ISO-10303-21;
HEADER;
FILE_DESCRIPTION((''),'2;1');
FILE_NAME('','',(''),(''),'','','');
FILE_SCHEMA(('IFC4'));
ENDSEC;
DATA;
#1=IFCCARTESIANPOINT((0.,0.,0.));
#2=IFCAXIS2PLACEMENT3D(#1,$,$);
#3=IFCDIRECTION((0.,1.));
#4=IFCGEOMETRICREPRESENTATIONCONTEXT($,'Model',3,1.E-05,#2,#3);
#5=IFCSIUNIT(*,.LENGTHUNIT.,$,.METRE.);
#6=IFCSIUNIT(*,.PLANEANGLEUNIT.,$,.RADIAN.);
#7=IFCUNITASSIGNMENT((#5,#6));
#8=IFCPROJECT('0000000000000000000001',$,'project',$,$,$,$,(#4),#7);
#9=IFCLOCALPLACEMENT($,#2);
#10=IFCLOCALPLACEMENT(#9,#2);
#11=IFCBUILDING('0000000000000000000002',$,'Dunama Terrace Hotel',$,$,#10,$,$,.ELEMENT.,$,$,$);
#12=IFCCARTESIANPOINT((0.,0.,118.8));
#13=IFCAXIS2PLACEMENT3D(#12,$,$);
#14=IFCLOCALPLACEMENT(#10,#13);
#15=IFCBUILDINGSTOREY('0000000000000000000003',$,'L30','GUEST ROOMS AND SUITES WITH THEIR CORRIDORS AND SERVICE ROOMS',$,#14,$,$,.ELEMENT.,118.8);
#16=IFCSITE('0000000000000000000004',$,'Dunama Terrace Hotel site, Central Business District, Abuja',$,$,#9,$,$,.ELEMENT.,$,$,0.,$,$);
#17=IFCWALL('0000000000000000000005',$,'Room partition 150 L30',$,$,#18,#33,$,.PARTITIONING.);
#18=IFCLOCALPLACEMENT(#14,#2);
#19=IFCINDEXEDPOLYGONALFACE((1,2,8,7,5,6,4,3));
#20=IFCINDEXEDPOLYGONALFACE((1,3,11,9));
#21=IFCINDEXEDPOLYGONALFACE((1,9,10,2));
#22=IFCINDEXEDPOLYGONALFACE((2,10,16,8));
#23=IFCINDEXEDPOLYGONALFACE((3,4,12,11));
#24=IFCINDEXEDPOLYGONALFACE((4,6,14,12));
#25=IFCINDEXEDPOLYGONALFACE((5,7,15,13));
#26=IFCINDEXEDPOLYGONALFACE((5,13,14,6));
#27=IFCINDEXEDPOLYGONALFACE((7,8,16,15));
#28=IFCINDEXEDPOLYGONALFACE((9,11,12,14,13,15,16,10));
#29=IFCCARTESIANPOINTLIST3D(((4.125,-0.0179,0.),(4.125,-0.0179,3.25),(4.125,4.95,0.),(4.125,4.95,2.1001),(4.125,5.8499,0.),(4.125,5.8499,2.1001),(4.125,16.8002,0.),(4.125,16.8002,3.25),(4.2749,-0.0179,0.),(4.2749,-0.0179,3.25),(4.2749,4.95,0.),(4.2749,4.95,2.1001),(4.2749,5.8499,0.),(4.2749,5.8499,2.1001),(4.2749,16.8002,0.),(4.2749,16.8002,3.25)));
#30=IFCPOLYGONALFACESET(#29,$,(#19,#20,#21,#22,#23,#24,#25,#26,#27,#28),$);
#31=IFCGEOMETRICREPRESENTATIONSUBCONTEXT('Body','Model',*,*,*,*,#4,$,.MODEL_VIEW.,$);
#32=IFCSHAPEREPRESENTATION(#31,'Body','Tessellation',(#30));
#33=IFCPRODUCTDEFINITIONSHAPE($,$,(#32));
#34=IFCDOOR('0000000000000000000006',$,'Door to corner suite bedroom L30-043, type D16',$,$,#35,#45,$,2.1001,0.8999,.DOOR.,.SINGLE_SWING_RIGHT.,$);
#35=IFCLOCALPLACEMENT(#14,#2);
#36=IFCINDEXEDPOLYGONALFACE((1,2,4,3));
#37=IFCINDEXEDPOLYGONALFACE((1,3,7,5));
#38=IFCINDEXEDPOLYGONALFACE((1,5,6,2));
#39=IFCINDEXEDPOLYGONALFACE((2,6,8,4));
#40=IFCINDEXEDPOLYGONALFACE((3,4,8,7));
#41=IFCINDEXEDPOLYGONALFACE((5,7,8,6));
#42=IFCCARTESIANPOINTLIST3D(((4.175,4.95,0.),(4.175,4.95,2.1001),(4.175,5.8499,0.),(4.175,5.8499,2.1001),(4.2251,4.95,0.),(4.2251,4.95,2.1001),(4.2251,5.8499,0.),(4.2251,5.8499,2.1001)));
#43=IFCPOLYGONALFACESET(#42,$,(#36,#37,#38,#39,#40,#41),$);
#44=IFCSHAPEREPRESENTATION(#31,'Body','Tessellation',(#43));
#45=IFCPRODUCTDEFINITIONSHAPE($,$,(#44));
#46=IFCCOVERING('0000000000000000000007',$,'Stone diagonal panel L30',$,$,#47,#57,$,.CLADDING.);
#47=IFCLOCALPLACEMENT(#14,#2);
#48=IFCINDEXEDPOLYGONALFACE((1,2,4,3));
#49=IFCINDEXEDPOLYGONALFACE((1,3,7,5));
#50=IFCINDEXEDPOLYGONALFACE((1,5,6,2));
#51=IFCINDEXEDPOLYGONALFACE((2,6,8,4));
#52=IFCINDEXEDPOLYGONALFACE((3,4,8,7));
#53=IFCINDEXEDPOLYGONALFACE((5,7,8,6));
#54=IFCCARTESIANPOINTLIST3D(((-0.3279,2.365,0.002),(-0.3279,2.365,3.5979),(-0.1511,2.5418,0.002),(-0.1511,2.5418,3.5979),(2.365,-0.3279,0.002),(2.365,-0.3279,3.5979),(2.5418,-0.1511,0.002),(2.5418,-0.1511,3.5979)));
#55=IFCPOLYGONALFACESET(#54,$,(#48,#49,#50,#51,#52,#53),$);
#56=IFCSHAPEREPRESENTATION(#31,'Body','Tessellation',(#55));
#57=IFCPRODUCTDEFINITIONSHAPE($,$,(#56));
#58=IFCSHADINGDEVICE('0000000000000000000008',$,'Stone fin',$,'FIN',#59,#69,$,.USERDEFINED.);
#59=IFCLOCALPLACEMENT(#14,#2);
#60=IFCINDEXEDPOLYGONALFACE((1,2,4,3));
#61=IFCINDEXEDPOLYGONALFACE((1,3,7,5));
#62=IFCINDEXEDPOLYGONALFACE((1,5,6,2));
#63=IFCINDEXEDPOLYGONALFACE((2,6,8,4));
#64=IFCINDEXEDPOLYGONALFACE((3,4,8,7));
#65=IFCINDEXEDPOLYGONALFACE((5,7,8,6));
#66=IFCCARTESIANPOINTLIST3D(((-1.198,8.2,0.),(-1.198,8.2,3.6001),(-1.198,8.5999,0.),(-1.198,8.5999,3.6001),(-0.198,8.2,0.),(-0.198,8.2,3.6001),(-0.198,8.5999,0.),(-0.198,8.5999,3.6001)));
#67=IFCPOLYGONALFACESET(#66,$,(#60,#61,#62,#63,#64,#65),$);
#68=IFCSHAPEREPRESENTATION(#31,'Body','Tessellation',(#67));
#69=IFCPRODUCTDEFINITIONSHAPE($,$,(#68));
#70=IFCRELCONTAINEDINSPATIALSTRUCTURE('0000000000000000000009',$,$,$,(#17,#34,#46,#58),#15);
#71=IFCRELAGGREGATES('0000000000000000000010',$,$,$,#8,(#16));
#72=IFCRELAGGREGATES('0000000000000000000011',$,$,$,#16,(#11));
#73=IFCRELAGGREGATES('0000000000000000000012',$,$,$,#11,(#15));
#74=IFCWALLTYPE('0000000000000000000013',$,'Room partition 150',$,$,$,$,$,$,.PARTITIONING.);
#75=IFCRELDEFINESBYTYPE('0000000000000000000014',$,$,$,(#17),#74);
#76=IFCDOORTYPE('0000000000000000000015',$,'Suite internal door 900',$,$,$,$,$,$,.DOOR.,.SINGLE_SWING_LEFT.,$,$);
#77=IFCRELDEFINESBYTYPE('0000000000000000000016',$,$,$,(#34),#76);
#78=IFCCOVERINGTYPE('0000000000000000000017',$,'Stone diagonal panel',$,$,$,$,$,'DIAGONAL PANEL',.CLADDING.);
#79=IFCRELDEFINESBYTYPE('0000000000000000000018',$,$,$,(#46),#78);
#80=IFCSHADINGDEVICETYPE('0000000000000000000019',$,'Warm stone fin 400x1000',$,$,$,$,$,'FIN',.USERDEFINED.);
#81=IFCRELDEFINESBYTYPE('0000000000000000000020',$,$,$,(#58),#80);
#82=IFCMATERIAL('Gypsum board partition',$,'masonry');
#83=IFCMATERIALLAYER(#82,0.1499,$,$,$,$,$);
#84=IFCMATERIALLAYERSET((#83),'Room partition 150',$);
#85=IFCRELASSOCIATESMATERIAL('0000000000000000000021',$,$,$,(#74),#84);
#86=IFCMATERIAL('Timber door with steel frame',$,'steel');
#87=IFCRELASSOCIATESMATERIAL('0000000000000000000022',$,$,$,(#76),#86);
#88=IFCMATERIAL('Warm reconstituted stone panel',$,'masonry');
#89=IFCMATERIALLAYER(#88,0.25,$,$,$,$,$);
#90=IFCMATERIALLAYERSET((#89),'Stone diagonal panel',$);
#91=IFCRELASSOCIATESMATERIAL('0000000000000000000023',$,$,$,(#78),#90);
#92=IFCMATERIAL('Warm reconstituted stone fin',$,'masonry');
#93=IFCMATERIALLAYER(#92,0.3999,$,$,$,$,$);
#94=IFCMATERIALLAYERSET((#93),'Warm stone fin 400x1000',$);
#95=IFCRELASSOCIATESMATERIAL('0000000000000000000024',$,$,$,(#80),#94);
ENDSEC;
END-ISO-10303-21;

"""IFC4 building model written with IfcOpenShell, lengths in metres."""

from ifc_helpers import new_model, si_unit, direction, frame, frame_2d, origin, origin_2d, place, context, subcontext, project, spatial, rectangle, extrude, material, layer, layer_set, type_object, element, fill, save


model = new_model("IFC4")

# Units and contexts
model_context = context("Model", 3, precision=1e-05, world=origin(), true_north=direction((0.0, 1.0)))
body_context = subcontext(model_context, "Body", "Model", "MODEL_VIEW")
ifc_project = project(units=[si_unit("LENGTHUNIT", "METRE"), si_unit("PLANEANGLEUNIT", "RADIAN")], contexts=[model_context])

# Site, building, storey
site_placement = place(None, origin())
site = spatial("IfcSite", under=ifc_project, at=site_placement, Name="Dunama Terrace Hotel site, Central Business District, Abuja", CompositionType="ELEMENT", RefElevation=0.0)
building_placement = place(site_placement, origin())
building = spatial("IfcBuilding", under=site, at=building_placement, Name="Dunama Terrace Hotel", CompositionType="ELEMENT")
storey_placement = place(building_placement, frame((0.0, 0.0, 118.8)))
storey = spatial("IfcBuildingStorey", under=building, at=storey_placement, Name="L30", Description="GUEST ROOMS AND SUITES WITH THEIR CORRIDORS AND SERVICE ROOMS", CompositionType="ELEMENT", Elevation=118.8)

# Shared definitions
ifc_material_1 = material(Name="Gypsum board partition", Category="masonry")
ifc_layer_1 = layer(ifc_material_1, 0.1499)
ifc_layer_set_1 = layer_set([ifc_layer_1], Name="Room partition 150")
wall_type = type_object("IfcWallType", Name="Room partition 150", PredefinedType="PARTITIONING", material=ifc_layer_set_1)

# Wall, opening, door
wall_1_placement = place(storey_placement, frame((4.2, -0.0181, 0.0), z_axis=(0.0, 0.0, 1.0), x_axis=(0.0, 1.0, 0.0)))
wall_1 = element("IfcWall", 1, at=wall_1_placement, inside=storey, type_object=wall_type, Name="Room partition 150 L30", PredefinedType="PARTITIONING", context=body_context, shape_type="SweptSolid", body=[
    extrude(rectangle(XDim=16.8181, YDim=0.1499, at=frame_2d((8.4092, 0.0))), origin(), (0.0, 0.0, 1.0), 3.25),
])
opening_placement = place(wall_1_placement, frame((4.968, 0.0, 0.0)))
opening = element("IfcOpeningElement", 2, at=opening_placement, cuts=wall_1, PredefinedType="OPENING", context=body_context, shape_type="SweptSolid", body=[
    extrude(rectangle(XDim=0.8999, YDim=2.1001, at=frame_2d((0.45, 1.05))), frame((0.0, 0.085, 0.0), z_axis=(0.0, -1.0, 0.0), x_axis=(1.0, 0.0, 0.0)), (0.0, 0.0, 1.0), 0.1699),
])
ifc_material_2 = material(Name="Timber door with steel frame", Category="steel")
door_type = type_object("IfcDoorType", Name="Suite internal door 900", OperationType="SINGLE_SWING_LEFT", PredefinedType="DOOR", material=ifc_material_2)
door_placement = place(opening_placement, origin())
door = element("IfcDoor", 3, at=door_placement, inside=storey, type_object=door_type, Name="Door to corner suite bedroom L30-043, type D16", OperationType="SINGLE_SWING_RIGHT", OverallHeight=2.1001, OverallWidth=0.8999, PredefinedType="DOOR", context=body_context, shape_type="SweptSolid", body=[
    extrude(rectangle(XDim=0.8999, YDim=2.1001, at=frame_2d((0.45, 1.05))), frame((0.0, 0.0249, 0.0), z_axis=(0.0, -1.0, 0.0), x_axis=(1.0, 0.0, 0.0)), (0.0, 0.0, 1.0), 0.05),
])
fill(opening, door)

# Covering
ifc_material_3 = material(Name="Warm reconstituted stone panel", Category="masonry")
ifc_layer_2 = layer(ifc_material_3, 0.25)
ifc_layer_set_2 = layer_set([ifc_layer_2], Name="Stone diagonal panel")
covering_type = type_object("IfcCoveringType", Name="Stone diagonal panel", ElementType="DIAGONAL PANEL", PredefinedType="CLADDING", material=ifc_layer_set_2)
covering_placement = place(storey_placement, frame((1.1069, 1.1069, 0.002), z_axis=(0.0, 0.0, 1.0), x_axis=(0.707107, -0.707107, 0.0)))
element("IfcCovering", 4, at=covering_placement, inside=storey, type_object=covering_type, Name="Stone diagonal panel L30", PredefinedType="CLADDING", context=body_context, shape_type="SweptSolid", body=[
    extrude(rectangle(XDim=3.8083, YDim=0.25, at=origin_2d()), origin(), (0.0, 0.0, 1.0), 3.5959),
])

# Shading device
ifc_material_4 = material(Name="Warm reconstituted stone fin", Category="masonry")
ifc_layer_3 = layer(ifc_material_4, 0.3999)
ifc_layer_set_3 = layer_set([ifc_layer_3], Name="Warm stone fin 400x1000")
shading_device_type = type_object("IfcShadingDeviceType", Name="Warm stone fin 400x1000", ElementType="FIN", PredefinedType="USERDEFINED", material=ifc_layer_set_3)
shading_device_placement = place(storey_placement, frame((-0.698, 8.3999, 0.0), z_axis=(0.0, 0.0, 1.0), x_axis=(0.0, -1.0, 0.0)))
element("IfcShadingDevice", 5, at=shading_device_placement, inside=storey, type_object=shading_device_type, Name="Stone fin", ObjectType="FIN", PredefinedType="USERDEFINED", context=body_context, shape_type="SweptSolid", body=[
    extrude(rectangle(XDim=0.3999, YDim=1.0, at=origin_2d()), origin(), (0.0, 0.0, 1.0), 3.6001),
])

save(model, "model.ifc")
